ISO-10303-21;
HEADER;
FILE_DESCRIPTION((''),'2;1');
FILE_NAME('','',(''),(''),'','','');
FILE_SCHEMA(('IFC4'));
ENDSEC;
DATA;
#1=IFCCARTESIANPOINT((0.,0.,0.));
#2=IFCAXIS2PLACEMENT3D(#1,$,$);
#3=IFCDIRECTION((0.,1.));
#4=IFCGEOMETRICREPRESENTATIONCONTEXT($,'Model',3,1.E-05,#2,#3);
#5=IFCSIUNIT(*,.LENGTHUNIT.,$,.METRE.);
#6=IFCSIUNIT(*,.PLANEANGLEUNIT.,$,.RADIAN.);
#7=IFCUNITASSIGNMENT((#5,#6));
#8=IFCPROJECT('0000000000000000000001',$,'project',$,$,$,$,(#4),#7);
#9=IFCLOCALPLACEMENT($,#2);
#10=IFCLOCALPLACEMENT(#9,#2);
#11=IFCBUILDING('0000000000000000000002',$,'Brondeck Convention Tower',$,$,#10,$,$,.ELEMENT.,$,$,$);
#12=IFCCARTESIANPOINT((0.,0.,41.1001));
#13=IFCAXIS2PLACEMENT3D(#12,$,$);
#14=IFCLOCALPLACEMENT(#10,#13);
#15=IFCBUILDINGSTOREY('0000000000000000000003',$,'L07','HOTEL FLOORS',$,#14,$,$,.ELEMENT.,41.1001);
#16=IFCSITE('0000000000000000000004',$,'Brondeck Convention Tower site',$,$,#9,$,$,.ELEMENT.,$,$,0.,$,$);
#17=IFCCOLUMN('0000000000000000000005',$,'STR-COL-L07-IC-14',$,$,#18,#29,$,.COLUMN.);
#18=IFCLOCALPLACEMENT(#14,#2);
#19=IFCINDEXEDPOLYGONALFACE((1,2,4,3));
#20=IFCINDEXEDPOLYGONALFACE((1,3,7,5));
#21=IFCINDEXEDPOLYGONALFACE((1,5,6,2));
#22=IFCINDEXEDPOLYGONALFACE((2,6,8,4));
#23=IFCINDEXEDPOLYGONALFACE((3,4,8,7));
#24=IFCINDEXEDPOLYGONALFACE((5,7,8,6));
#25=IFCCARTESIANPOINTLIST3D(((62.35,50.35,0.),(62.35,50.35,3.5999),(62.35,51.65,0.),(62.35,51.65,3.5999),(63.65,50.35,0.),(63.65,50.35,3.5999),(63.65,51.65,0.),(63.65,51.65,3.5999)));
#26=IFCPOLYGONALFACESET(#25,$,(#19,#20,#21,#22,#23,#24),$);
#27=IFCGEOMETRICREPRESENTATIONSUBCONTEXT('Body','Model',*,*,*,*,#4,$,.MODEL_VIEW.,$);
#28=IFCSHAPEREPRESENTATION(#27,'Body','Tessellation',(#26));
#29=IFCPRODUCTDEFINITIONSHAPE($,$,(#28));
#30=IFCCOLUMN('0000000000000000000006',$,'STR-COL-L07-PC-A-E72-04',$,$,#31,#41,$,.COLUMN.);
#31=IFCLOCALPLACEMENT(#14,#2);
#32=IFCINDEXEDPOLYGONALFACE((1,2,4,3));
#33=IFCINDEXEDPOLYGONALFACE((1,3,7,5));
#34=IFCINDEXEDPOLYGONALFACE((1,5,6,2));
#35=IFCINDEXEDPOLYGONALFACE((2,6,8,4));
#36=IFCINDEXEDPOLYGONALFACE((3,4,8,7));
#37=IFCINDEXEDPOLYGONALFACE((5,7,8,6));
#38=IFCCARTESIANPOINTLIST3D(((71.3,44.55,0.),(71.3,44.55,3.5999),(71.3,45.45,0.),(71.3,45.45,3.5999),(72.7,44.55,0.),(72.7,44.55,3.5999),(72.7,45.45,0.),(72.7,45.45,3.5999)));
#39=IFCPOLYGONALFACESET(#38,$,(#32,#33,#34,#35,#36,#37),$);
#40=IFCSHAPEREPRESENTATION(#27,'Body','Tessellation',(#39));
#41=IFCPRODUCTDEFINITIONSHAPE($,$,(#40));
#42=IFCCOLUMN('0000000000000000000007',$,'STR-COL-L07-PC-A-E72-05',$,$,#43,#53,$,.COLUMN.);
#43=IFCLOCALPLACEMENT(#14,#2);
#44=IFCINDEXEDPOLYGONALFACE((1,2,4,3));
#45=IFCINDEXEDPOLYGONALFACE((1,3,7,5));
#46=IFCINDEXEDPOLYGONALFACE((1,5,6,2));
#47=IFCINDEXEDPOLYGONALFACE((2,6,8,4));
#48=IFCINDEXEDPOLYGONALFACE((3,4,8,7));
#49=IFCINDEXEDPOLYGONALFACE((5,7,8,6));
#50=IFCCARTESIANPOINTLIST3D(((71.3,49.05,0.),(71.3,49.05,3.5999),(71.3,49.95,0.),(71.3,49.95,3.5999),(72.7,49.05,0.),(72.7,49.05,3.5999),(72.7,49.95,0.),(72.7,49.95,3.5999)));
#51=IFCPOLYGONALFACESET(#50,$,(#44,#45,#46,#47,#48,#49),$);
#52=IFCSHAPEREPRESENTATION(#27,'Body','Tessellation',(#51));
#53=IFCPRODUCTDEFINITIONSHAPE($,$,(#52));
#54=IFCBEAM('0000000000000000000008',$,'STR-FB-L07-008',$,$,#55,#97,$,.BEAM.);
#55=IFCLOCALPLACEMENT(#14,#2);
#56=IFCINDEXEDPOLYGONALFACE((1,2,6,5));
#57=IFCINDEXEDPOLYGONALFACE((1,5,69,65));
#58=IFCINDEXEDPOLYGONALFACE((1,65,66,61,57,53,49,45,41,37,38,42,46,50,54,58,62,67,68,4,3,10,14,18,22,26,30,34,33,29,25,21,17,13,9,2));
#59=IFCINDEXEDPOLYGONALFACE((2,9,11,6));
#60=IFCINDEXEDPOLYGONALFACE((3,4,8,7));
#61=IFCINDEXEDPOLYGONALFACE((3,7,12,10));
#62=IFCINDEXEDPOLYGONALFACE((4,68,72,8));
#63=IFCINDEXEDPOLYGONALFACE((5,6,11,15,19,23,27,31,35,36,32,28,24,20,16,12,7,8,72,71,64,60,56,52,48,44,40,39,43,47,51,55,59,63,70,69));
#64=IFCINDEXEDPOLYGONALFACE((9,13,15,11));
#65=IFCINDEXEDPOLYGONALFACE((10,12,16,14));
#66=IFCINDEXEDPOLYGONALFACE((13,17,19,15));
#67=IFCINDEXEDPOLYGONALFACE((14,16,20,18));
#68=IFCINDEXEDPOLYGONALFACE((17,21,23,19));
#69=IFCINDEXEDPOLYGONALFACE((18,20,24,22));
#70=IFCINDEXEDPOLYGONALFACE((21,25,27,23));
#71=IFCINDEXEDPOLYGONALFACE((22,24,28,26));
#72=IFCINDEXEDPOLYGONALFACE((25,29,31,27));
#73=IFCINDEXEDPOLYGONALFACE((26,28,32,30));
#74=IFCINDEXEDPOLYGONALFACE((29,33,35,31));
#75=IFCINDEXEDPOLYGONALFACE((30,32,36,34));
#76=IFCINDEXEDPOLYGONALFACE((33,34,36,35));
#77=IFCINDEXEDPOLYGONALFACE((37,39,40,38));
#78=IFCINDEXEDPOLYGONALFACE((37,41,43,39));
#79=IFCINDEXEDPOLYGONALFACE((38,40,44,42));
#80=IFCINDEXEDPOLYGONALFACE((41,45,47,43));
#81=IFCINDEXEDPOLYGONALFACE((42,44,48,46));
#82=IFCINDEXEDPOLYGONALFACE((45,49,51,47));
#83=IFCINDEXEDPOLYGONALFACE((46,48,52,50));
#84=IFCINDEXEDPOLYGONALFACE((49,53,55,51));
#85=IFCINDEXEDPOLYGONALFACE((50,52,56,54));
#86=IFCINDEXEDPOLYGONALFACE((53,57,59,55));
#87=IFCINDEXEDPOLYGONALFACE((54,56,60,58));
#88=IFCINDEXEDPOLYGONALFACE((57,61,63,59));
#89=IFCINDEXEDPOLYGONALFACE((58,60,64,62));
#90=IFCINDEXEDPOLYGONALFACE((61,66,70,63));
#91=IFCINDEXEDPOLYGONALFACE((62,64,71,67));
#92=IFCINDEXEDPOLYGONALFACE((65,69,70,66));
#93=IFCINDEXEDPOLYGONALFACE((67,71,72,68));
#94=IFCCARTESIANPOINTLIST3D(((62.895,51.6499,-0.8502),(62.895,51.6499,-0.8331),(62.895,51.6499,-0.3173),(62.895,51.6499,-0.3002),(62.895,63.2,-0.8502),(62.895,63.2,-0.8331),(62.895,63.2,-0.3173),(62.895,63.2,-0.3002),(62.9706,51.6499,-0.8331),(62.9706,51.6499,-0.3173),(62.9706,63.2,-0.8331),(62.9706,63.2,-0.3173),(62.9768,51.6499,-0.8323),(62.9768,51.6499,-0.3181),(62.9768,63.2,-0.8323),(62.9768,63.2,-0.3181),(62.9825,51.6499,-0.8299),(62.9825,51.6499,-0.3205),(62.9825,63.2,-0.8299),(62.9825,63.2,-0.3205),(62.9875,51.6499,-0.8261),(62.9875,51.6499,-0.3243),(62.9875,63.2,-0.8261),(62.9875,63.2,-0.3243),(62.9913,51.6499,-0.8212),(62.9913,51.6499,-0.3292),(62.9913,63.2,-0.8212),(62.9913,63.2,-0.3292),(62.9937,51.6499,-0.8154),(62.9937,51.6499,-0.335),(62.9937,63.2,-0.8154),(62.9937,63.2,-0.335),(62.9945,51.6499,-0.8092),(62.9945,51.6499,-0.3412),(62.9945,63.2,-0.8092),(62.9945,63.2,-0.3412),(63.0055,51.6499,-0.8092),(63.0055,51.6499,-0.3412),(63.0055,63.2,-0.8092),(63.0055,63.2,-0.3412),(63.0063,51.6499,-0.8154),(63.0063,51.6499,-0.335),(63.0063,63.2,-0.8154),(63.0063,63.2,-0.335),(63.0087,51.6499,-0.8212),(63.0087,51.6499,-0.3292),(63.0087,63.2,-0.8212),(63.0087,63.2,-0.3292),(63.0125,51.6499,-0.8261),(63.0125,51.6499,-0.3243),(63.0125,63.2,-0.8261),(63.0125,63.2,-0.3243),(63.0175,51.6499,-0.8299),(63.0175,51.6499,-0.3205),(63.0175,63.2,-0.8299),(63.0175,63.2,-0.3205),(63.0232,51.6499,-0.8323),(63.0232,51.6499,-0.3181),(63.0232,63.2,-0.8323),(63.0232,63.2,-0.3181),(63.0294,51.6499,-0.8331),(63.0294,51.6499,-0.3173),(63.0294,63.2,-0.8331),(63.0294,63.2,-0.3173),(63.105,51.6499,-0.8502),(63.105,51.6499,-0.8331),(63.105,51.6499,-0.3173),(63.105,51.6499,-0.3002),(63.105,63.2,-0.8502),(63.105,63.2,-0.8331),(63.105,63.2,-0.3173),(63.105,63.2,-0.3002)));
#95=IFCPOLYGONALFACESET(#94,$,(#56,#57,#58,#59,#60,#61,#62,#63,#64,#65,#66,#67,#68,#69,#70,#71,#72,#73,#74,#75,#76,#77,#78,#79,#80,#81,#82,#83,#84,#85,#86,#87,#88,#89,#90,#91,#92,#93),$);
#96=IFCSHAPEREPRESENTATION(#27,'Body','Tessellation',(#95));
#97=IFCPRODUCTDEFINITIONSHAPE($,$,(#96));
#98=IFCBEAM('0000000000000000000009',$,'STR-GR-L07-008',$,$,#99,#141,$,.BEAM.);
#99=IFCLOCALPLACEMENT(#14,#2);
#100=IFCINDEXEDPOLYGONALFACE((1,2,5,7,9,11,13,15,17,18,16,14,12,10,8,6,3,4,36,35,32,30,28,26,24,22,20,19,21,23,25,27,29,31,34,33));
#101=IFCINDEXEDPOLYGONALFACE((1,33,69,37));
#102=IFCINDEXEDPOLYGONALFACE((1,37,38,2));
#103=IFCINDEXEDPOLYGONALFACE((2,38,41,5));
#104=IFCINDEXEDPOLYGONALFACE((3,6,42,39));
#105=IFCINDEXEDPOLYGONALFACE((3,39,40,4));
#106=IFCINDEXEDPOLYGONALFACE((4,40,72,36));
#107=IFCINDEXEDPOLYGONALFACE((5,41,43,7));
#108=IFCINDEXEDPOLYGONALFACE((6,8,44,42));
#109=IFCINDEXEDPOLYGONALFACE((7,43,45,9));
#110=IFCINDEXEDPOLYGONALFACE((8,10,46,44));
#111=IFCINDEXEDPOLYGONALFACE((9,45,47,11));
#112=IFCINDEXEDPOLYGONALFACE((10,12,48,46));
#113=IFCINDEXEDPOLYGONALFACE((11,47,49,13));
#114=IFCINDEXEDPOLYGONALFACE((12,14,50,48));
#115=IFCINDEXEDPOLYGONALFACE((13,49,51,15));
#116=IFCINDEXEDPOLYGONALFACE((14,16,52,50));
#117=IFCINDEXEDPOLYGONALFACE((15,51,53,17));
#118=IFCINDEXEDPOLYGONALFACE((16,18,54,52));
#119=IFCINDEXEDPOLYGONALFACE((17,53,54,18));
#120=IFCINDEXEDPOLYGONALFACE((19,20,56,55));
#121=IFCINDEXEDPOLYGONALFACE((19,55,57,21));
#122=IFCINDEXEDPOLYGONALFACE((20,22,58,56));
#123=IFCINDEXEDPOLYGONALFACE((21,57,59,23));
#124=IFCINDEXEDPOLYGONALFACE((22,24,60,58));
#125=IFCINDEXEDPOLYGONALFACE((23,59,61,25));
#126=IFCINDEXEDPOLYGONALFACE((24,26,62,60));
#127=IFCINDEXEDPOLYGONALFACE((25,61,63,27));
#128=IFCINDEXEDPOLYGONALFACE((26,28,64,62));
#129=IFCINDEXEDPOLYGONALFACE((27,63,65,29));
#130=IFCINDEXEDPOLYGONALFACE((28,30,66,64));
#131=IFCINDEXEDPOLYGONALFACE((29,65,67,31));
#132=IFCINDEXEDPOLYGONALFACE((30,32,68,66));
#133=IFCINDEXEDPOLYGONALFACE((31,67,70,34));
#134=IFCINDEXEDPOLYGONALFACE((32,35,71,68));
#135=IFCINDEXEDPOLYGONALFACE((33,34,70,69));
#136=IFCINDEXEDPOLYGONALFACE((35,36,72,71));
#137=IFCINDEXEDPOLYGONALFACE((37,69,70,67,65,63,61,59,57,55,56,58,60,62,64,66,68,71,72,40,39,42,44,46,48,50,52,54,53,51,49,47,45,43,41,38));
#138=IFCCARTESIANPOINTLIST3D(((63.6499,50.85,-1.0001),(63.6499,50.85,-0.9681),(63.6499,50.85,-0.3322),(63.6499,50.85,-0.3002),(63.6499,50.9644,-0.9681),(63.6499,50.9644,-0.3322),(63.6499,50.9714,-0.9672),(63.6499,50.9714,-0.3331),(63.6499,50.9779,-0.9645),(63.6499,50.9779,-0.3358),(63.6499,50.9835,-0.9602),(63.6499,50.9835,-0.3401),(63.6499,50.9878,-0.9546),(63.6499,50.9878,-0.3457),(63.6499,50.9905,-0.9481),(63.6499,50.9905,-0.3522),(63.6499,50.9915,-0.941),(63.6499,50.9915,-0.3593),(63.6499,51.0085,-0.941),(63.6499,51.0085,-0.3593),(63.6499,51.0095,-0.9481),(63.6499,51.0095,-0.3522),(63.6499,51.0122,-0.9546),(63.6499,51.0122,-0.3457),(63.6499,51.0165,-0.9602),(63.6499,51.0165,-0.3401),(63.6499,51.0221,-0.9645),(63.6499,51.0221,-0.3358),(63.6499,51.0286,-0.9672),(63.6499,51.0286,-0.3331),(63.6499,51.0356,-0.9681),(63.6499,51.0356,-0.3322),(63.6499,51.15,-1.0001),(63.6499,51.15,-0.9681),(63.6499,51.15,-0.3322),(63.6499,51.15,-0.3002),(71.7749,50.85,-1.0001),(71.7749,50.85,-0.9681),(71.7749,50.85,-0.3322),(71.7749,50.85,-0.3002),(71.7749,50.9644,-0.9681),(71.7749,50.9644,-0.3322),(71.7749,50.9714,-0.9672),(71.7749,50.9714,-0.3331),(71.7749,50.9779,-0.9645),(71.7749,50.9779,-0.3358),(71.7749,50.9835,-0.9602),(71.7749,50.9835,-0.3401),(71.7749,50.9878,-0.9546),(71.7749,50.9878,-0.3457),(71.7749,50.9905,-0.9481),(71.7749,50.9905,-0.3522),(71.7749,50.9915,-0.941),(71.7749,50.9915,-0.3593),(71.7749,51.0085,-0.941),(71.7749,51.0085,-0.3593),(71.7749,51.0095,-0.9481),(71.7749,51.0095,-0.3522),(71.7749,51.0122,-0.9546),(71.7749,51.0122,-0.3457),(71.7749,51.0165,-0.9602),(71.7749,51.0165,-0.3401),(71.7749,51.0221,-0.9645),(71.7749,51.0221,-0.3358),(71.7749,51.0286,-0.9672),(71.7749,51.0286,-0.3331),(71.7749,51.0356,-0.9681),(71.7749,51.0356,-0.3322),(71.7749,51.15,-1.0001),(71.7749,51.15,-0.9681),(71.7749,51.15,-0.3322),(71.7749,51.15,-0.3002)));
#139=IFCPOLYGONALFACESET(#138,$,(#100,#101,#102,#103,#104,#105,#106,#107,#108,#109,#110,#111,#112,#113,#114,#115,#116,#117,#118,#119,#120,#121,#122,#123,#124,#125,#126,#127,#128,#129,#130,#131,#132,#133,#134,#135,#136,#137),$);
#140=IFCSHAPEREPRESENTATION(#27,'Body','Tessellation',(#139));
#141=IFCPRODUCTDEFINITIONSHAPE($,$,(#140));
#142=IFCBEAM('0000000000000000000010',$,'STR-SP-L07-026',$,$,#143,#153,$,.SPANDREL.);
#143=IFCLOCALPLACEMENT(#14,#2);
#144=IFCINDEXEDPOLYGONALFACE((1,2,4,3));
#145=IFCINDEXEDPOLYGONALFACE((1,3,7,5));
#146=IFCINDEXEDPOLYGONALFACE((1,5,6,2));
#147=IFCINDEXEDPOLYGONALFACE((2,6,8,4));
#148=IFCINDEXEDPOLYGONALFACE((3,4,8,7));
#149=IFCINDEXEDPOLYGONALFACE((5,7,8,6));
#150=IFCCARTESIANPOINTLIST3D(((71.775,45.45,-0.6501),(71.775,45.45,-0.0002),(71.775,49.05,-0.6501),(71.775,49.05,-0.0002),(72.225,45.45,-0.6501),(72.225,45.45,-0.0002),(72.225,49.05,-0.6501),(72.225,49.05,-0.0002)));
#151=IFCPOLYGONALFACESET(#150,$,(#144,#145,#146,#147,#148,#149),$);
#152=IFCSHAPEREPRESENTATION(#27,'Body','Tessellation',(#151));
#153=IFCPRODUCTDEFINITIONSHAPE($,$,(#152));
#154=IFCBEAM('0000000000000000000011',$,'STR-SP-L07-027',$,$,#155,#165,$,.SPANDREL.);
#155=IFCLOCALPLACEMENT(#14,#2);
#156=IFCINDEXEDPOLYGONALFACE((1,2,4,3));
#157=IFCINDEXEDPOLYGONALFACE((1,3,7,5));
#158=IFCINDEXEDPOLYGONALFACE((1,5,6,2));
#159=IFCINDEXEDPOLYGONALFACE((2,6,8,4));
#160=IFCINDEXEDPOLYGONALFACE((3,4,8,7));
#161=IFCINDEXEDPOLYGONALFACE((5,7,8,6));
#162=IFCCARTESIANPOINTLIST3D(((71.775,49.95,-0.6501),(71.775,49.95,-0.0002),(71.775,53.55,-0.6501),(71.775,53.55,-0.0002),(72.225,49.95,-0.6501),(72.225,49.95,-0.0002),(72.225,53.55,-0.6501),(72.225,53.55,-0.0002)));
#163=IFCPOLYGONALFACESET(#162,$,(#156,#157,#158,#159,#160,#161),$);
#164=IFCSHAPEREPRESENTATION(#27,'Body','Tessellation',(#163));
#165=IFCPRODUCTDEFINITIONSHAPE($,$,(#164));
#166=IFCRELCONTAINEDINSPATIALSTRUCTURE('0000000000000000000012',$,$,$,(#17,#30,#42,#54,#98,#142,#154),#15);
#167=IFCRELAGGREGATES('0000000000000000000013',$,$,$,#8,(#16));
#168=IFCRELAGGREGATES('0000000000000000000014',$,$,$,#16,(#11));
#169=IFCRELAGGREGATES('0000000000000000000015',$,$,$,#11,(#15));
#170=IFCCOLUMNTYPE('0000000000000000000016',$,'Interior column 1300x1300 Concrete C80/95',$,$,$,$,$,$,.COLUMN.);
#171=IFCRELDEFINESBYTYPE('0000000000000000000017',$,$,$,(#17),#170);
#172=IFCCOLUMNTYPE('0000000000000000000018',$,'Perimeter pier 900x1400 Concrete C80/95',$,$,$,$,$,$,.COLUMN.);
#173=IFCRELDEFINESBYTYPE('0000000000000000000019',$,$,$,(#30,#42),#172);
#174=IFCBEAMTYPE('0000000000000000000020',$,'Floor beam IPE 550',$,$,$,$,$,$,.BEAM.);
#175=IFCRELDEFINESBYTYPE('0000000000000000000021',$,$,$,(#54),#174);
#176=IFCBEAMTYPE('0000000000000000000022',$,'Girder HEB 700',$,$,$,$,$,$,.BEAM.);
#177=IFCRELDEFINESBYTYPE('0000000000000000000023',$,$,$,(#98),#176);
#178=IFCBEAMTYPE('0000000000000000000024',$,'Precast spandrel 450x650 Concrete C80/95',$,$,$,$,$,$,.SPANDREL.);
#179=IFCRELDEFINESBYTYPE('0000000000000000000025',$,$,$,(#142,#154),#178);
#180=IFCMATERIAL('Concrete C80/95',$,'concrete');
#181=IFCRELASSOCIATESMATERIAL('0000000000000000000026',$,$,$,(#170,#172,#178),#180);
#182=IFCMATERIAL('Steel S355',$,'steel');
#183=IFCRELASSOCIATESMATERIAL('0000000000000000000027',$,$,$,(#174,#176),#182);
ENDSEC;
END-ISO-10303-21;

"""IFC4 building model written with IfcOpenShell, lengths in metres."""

from ifc_helpers import new_model, si_unit, direction, frame, origin, origin_2d, place, context, subcontext, project, spatial, rectangle, i_section, extrude, material, material_profile, profile_set, type_object, element, save


model = new_model("IFC4")

# Units and contexts
model_context = context("Model", 3, precision=1e-05, world=origin(), true_north=direction((0.0, 1.0)))
body_context = subcontext(model_context, "Body", "Model", "MODEL_VIEW")
ifc_project = project(units=[si_unit("LENGTHUNIT", "METRE"), si_unit("PLANEANGLEUNIT", "RADIAN")], contexts=[model_context])

# Site, building, storey
site_placement = place(None, origin())
site = spatial("IfcSite", under=ifc_project, at=site_placement, Name="Brondeck Convention Tower site", CompositionType="ELEMENT", RefElevation=0.0)
building_placement = place(site_placement, origin())
building = spatial("IfcBuilding", under=site, at=building_placement, Name="Brondeck Convention Tower", CompositionType="ELEMENT")
storey_placement = place(building_placement, frame((0.0, 0.0, 41.1001)))
storey = spatial("IfcBuildingStorey", under=building, at=storey_placement, Name="L07", Description="HOTEL FLOORS", CompositionType="ELEMENT", Elevation=41.1001)

# Columns
ifc_material_1 = material(Name="Concrete C80/95", Category="concrete")
ifc_material_profile_1 = material_profile(ifc_material_1, rectangle(XDim=1.3, YDim=1.3, at=origin_2d()), Name="Interior column 1300x1300 Concrete C80/95")
ifc_profile_set_1 = profile_set([ifc_material_profile_1], Name="Concrete C80/95")
column_type_1 = type_object("IfcColumnType", Name="Interior column 1300x1300 Concrete C80/95", PredefinedType="COLUMN", material=ifc_profile_set_1)
column_placement = place(storey_placement, frame((63.0, 51.0, 0.0), z_axis=(0.0, 0.0, 1.0), x_axis=(1.0, 0.0, 0.0)))
element("IfcColumn", 1, at=column_placement, inside=storey, type_object=column_type_1, Name="STR-COL-L07-IC-14", PredefinedType="COLUMN", context=body_context, shape_type="SweptSolid", body=[
    extrude(rectangle(XDim=1.3, YDim=1.3, at=origin_2d()), origin(), (0.0, 0.0, 1.0), 3.5999),
])
ifc_material_profile_2 = material_profile(ifc_material_1, rectangle(XDim=0.8999, YDim=1.3999, at=origin_2d()), Name="Perimeter pier 900x1400 Concrete C80/95")
ifc_profile_set_2 = profile_set([ifc_material_profile_2], Name="Concrete C80/95")
column_type_2 = type_object("IfcColumnType", Name="Perimeter pier 900x1400 Concrete C80/95", PredefinedType="COLUMN", material=ifc_profile_set_2)
for number, where, z_axis, x_axis, name in (
    (2, (72.0, 45.0, 0.0), (0.0, 0.0, 1.0), (0.0, 1.0, 0.0), "STR-COL-L07-PC-A-E72-04"),
    (3, (72.0, 49.5, 0.0), (0.0, 0.0, 1.0), (0.0, 1.0, 0.0), "STR-COL-L07-PC-A-E72-05"),
):
    element("IfcColumn", number, at=place(storey_placement, frame(where, z_axis=z_axis, x_axis=x_axis)), inside=storey, type_object=column_type_2, Name=name, PredefinedType="COLUMN", context=body_context, shape_type="SweptSolid", body=[
        extrude(rectangle(XDim=0.8999, YDim=1.3999, at=origin_2d()), origin(), (0.0, 0.0, 1.0), 3.5999),
    ])

# Beams
ifc_material_2 = material(Name="Steel S355", Category="steel")
ifc_material_profile_3 = material_profile(ifc_material_2, i_section(OverallWidth=0.21, OverallDepth=0.55, WebThickness=0.011, FlangeThickness=0.0171, FilletRadius=0.0239, at=origin_2d()), Name="IPE 550")
ifc_profile_set_3 = profile_set([ifc_material_profile_3], Name="Steel S355")
beam_type_1 = type_object("IfcBeamType", Name="Floor beam IPE 550", PredefinedType="BEAM", material=ifc_profile_set_3)
beam_1_placement = place(storey_placement, frame((63.0, 51.6499, -0.5752), z_axis=(0.0, 1.0, 0.0), x_axis=(-1.0, 0.0, 0.0)))
element("IfcBeam", 4, at=beam_1_placement, inside=storey, type_object=beam_type_1, Name="STR-FB-L07-008", PredefinedType="BEAM", context=body_context, shape_type="SweptSolid", body=[
    extrude(i_section(OverallWidth=0.21, OverallDepth=0.55, WebThickness=0.011, FlangeThickness=0.0171, FilletRadius=0.0239, at=origin_2d()), origin(), (0.0, 0.0, 1.0), 11.55),
])
ifc_material_profile_4 = material_profile(ifc_material_2, i_section(OverallWidth=0.3, OverallDepth=0.7, WebThickness=0.0171, FlangeThickness=0.032, FilletRadius=0.0271, at=origin_2d()), Name="HEB 700")
ifc_profile_set_4 = profile_set([ifc_material_profile_4], Name="Steel S355")
beam_type_2 = type_object("IfcBeamType", Name="Girder HEB 700", PredefinedType="BEAM", material=ifc_profile_set_4)
beam_2_placement = place(storey_placement, frame((63.6499, 51.0, -0.6501), z_axis=(1.0, 0.0, 0.0), x_axis=(0.0, 1.0, 0.0)))
element("IfcBeam", 5, at=beam_2_placement, inside=storey, type_object=beam_type_2, Name="STR-GR-L07-008", PredefinedType="BEAM", context=body_context, shape_type="SweptSolid", body=[
    extrude(i_section(OverallWidth=0.3, OverallDepth=0.7, WebThickness=0.0171, FlangeThickness=0.032, FilletRadius=0.0271, at=origin_2d()), origin(), (0.0, 0.0, 1.0), 8.125),
])
ifc_material_profile_5 = material_profile(ifc_material_1, rectangle(XDim=0.45, YDim=0.6499, at=origin_2d()), Name="Precast spandrel 450x650 Concrete C80/95")
ifc_profile_set_5 = profile_set([ifc_material_profile_5], Name="Concrete C80/95")
beam_type_3 = type_object("IfcBeamType", Name="Precast spandrel 450x650 Concrete C80/95", PredefinedType="SPANDREL", material=ifc_profile_set_5)
for number, where, z_axis, x_axis, name in (
    (6, (72.0, 45.45, -0.3252), (0.0, 1.0, 0.0), (-1.0, 0.0, 0.0), "STR-SP-L07-026"),
    (7, (72.0, 49.95, -0.3252), (0.0, 1.0, 0.0), (-1.0, 0.0, 0.0), "STR-SP-L07-027"),
):
    element("IfcBeam", number, at=place(storey_placement, frame(where, z_axis=z_axis, x_axis=x_axis)), inside=storey, type_object=beam_type_3, Name=name, PredefinedType="SPANDREL", context=body_context, shape_type="SweptSolid", body=[
        extrude(rectangle(XDim=0.45, YDim=0.6499, at=origin_2d()), origin(), (0.0, 0.0, 1.0), 3.6001),
    ])

save(model, "model.ifc")
